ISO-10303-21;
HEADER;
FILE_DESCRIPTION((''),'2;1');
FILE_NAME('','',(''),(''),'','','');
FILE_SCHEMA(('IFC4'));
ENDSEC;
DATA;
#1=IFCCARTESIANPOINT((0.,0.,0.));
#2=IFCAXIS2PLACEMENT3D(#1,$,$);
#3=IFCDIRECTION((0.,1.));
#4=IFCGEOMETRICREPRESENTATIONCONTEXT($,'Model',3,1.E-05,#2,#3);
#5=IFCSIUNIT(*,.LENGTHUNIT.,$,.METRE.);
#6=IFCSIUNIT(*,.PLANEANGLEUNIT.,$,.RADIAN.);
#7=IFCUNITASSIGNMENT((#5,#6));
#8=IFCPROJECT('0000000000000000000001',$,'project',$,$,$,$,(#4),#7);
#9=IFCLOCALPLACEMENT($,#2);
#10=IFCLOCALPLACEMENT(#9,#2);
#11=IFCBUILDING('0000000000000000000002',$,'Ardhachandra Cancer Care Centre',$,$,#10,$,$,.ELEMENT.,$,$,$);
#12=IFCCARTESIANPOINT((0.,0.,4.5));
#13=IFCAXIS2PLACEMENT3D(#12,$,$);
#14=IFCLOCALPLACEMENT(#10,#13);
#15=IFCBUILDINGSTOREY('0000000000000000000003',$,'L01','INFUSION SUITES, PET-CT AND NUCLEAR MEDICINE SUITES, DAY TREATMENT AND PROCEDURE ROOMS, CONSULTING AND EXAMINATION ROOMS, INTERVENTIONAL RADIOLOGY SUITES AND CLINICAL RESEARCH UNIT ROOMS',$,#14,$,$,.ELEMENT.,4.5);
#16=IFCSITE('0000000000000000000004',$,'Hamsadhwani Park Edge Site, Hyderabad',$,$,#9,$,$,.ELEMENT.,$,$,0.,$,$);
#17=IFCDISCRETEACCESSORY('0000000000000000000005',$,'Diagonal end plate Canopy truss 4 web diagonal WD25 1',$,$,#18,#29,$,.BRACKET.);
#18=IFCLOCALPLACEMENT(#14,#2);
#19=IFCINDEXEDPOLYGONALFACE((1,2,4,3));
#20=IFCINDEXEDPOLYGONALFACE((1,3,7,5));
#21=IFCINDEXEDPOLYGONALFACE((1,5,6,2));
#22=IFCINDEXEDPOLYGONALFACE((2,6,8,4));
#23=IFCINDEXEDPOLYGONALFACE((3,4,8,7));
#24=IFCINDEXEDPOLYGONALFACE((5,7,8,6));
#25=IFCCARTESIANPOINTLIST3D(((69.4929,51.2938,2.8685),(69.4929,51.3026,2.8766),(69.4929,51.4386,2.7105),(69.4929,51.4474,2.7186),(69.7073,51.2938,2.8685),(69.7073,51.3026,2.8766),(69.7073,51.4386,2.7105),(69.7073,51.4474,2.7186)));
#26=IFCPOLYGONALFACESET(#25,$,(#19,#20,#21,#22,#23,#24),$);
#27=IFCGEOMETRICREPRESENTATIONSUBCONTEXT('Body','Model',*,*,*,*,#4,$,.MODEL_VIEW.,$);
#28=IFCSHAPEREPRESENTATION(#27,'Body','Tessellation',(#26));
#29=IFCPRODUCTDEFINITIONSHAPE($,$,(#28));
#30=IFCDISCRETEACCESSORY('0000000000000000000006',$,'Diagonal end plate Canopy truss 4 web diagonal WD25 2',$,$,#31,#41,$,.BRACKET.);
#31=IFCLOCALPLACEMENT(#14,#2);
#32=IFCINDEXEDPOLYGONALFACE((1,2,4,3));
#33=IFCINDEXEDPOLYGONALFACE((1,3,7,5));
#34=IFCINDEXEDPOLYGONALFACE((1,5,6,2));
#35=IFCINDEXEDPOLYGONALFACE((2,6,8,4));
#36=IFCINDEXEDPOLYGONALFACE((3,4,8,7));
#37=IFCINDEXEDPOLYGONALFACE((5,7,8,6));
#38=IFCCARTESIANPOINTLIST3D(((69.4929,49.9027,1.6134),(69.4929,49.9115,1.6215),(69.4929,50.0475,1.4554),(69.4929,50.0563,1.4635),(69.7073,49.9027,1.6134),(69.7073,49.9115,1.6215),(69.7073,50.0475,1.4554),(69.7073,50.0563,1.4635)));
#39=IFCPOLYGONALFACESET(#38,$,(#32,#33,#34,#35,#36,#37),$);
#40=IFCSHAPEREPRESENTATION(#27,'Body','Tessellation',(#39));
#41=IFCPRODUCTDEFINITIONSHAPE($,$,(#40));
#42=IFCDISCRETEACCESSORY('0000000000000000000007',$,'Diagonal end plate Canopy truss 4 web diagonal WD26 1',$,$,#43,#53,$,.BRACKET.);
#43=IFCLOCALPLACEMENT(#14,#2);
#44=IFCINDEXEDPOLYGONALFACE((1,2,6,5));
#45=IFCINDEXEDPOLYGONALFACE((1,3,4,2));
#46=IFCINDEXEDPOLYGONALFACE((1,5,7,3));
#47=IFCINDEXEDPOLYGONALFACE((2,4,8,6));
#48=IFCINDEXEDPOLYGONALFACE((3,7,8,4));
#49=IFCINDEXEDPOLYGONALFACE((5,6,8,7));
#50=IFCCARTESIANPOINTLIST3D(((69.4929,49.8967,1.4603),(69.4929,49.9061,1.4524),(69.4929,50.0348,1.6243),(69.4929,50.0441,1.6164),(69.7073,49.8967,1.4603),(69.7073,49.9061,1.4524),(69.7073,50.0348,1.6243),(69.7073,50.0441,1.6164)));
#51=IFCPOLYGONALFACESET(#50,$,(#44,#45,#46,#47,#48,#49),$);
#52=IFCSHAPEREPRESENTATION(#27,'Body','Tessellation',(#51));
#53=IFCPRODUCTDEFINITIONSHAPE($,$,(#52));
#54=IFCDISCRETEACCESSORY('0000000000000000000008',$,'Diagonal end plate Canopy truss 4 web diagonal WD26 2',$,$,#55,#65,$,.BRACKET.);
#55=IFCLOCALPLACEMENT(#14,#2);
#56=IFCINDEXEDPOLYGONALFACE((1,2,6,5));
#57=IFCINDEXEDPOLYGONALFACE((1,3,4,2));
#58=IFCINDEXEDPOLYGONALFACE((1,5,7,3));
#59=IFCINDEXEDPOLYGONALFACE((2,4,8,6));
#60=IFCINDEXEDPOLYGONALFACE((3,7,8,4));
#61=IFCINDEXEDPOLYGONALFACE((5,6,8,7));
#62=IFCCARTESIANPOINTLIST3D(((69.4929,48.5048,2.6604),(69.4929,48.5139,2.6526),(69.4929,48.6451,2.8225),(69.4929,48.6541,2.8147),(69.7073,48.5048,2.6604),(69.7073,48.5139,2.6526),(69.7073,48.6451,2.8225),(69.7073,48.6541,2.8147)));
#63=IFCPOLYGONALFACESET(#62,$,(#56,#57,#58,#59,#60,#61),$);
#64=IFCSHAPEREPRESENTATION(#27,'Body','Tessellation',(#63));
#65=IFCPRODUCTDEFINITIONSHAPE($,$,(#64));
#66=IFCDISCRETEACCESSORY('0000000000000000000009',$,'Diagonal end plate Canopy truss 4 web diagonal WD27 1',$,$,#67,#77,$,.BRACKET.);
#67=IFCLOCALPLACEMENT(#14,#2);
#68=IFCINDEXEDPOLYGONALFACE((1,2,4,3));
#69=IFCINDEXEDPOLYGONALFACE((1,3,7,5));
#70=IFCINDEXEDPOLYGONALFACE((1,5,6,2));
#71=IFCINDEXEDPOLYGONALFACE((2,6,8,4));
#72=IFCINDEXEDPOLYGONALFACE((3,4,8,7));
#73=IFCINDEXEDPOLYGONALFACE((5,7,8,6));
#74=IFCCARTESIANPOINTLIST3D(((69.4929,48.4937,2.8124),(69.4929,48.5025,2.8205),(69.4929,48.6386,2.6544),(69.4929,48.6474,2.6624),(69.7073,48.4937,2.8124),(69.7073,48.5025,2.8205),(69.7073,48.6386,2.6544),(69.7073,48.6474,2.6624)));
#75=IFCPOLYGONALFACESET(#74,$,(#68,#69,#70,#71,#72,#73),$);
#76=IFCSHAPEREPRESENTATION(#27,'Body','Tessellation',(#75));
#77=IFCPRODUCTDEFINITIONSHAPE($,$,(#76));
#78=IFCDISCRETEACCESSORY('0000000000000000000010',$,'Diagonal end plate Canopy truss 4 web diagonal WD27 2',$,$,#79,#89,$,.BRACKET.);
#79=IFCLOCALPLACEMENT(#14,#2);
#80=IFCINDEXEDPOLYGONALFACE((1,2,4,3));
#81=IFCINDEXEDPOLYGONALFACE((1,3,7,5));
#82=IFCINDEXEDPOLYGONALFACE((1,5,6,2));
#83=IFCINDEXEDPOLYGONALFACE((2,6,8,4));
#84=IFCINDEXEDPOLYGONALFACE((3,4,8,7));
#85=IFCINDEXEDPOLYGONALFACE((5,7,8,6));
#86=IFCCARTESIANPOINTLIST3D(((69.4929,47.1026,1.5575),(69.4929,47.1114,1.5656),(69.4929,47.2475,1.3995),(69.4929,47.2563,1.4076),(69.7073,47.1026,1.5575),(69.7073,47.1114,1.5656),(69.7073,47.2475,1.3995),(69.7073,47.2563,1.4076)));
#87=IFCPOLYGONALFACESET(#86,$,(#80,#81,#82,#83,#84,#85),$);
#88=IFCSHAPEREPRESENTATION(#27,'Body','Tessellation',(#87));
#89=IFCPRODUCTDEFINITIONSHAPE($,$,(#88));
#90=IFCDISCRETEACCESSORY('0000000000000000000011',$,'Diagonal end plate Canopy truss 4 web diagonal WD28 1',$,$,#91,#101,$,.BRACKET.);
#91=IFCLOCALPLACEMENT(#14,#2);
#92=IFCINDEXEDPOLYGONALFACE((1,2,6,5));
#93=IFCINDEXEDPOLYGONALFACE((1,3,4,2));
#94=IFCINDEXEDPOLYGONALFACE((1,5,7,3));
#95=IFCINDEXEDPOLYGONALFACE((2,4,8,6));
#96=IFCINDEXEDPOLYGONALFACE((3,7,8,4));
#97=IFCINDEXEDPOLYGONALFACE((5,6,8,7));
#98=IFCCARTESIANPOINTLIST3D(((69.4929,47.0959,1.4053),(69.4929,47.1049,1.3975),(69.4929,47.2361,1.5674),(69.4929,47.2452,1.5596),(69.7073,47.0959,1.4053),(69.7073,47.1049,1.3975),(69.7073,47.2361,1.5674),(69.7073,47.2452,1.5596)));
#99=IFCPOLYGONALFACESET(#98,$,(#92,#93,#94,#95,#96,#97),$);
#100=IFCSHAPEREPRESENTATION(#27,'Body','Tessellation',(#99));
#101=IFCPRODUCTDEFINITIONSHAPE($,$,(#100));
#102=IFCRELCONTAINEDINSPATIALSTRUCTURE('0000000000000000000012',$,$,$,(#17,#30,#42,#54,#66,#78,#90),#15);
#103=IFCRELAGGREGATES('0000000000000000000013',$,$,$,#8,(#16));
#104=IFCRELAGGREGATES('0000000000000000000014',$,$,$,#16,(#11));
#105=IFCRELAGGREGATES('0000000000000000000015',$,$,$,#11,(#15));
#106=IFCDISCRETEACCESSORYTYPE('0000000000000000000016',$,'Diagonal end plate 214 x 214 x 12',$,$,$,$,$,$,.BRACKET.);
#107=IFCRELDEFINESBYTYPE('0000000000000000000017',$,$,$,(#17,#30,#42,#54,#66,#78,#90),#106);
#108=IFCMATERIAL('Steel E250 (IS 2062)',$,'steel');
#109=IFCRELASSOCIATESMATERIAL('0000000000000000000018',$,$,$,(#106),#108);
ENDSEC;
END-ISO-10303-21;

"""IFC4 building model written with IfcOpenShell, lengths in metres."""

from ifc_helpers import new_model, si_unit, direction, frame, origin, origin_2d, place, context, subcontext, project, spatial, rectangle, extrude, material, material_profile, profile_set, type_object, element, save


model = new_model("IFC4")

# Units and contexts
model_context = context("Model", 3, precision=1e-05, world=origin(), true_north=direction((0.0, 1.0)))
body_context = subcontext(model_context, "Body", "Model", "MODEL_VIEW")
ifc_project = project(units=[si_unit("LENGTHUNIT", "METRE"), si_unit("PLANEANGLEUNIT", "RADIAN")], contexts=[model_context])

# Site, building, storey
site_placement = place(None, origin())
site = spatial("IfcSite", under=ifc_project, at=site_placement, Name="Hamsadhwani Park Edge Site, Hyderabad", CompositionType="ELEMENT", RefElevation=0.0)
building_placement = place(site_placement, origin())
building = spatial("IfcBuilding", under=site, at=building_placement, Name="Ardhachandra Cancer Care Centre", CompositionType="ELEMENT")
storey_placement = place(building_placement, frame((0.0, 0.0, 4.5)))
storey = spatial("IfcBuildingStorey", under=building, at=storey_placement, Name="L01", Description="INFUSION SUITES, PET-CT AND NUCLEAR MEDICINE SUITES, DAY TREATMENT AND PROCEDURE ROOMS, CONSULTING AND EXAMINATION ROOMS, INTERVENTIONAL RADIOLOGY SUITES AND CLINICAL RESEARCH UNIT ROOMS", CompositionType="ELEMENT", Elevation=4.5)

# Discrete accessories
ifc_material_1 = material(Name="Steel E250 (IS 2062)", Category="steel")
ifc_material_profile_1 = material_profile(ifc_material_1, rectangle(XDim=0.2144, YDim=0.2144, at=origin_2d()), Name="PL 214x214x12")
ifc_profile_set_1 = profile_set([ifc_material_profile_1], Name="Steel E250 (IS 2062)")
discrete_accessory_type = type_object("IfcDiscreteAccessoryType", Name="Diagonal end plate 214 x 214 x 12", PredefinedType="BRACKET", material=ifc_profile_set_1)
for number, where, z_axis, x_axis, name in (
    (1, (69.6001, 51.375, 2.7976), (0.0, -0.737154, -0.675725), (1.0, 0.0, 0.0), "Diagonal end plate Canopy truss 4 web diagonal WD25 1"),
    (2, (69.6001, 49.9751, 1.5344), (0.0, 0.737154, 0.675725), (-1.0, 0.0, 0.0), "Diagonal end plate Canopy truss 4 web diagonal WD25 2"),
):
    element("IfcDiscreteAccessory", number, at=place(storey_placement, frame(where, z_axis=z_axis, x_axis=x_axis)), inside=storey, type_object=discrete_accessory_type, Name=name, PredefinedType="BRACKET", context=body_context, shape_type="SweptSolid", body=[
        extrude(rectangle(XDim=0.2144, YDim=0.2144, at=origin_2d()), origin(), (0.0, 0.0, 1.0), 0.012),
    ])
discrete_accessory_1_placement = place(storey_placement, frame((69.6001, 49.9751, 1.5344), z_axis=(0.0, -0.764911, 0.644136), x_axis=(1.0, 0.0, 0.0)))
element("IfcDiscreteAccessory", 3, at=discrete_accessory_1_placement, inside=storey, type_object=discrete_accessory_type, Name="Diagonal end plate Canopy truss 4 web diagonal WD26 1", PredefinedType="BRACKET", context=body_context, shape_type="SweptSolid", body=[
    extrude(rectangle(XDim=0.2144, YDim=0.2144, at=origin_2d()), origin(), (0.0, 0.0, 1.0), 0.0122),
])
for number, where, z_axis, x_axis, name in (
    (4, (69.6001, 48.575, 2.7415), (0.0, 0.756363, -0.654152), (-1.0, 0.0, 0.0), "Diagonal end plate Canopy truss 4 web diagonal WD26 2"),
    (5, (69.6001, 48.575, 2.7415), (0.0, -0.737154, -0.675725), (1.0, 0.0, 0.0), "Diagonal end plate Canopy truss 4 web diagonal WD27 1"),
    (6, (69.6001, 47.175, 1.4785), (0.0, 0.737154, 0.675725), (-1.0, 0.0, 0.0), "Diagonal end plate Canopy truss 4 web diagonal WD27 2"),
    (7, (69.6001, 47.175, 1.4785), (0.0, -0.756363, 0.654152), (1.0, 0.0, 0.0), "Diagonal end plate Canopy truss 4 web diagonal WD28 1"),
):
    element("IfcDiscreteAccessory", number, at=place(storey_placement, frame(where, z_axis=z_axis, x_axis=x_axis)), inside=storey, type_object=discrete_accessory_type, Name=name, PredefinedType="BRACKET", context=body_context, shape_type="SweptSolid", body=[
        extrude(rectangle(XDim=0.2144, YDim=0.2144, at=origin_2d()), origin(), (0.0, 0.0, 1.0), 0.012),
    ])

save(model, "model.ifc")
